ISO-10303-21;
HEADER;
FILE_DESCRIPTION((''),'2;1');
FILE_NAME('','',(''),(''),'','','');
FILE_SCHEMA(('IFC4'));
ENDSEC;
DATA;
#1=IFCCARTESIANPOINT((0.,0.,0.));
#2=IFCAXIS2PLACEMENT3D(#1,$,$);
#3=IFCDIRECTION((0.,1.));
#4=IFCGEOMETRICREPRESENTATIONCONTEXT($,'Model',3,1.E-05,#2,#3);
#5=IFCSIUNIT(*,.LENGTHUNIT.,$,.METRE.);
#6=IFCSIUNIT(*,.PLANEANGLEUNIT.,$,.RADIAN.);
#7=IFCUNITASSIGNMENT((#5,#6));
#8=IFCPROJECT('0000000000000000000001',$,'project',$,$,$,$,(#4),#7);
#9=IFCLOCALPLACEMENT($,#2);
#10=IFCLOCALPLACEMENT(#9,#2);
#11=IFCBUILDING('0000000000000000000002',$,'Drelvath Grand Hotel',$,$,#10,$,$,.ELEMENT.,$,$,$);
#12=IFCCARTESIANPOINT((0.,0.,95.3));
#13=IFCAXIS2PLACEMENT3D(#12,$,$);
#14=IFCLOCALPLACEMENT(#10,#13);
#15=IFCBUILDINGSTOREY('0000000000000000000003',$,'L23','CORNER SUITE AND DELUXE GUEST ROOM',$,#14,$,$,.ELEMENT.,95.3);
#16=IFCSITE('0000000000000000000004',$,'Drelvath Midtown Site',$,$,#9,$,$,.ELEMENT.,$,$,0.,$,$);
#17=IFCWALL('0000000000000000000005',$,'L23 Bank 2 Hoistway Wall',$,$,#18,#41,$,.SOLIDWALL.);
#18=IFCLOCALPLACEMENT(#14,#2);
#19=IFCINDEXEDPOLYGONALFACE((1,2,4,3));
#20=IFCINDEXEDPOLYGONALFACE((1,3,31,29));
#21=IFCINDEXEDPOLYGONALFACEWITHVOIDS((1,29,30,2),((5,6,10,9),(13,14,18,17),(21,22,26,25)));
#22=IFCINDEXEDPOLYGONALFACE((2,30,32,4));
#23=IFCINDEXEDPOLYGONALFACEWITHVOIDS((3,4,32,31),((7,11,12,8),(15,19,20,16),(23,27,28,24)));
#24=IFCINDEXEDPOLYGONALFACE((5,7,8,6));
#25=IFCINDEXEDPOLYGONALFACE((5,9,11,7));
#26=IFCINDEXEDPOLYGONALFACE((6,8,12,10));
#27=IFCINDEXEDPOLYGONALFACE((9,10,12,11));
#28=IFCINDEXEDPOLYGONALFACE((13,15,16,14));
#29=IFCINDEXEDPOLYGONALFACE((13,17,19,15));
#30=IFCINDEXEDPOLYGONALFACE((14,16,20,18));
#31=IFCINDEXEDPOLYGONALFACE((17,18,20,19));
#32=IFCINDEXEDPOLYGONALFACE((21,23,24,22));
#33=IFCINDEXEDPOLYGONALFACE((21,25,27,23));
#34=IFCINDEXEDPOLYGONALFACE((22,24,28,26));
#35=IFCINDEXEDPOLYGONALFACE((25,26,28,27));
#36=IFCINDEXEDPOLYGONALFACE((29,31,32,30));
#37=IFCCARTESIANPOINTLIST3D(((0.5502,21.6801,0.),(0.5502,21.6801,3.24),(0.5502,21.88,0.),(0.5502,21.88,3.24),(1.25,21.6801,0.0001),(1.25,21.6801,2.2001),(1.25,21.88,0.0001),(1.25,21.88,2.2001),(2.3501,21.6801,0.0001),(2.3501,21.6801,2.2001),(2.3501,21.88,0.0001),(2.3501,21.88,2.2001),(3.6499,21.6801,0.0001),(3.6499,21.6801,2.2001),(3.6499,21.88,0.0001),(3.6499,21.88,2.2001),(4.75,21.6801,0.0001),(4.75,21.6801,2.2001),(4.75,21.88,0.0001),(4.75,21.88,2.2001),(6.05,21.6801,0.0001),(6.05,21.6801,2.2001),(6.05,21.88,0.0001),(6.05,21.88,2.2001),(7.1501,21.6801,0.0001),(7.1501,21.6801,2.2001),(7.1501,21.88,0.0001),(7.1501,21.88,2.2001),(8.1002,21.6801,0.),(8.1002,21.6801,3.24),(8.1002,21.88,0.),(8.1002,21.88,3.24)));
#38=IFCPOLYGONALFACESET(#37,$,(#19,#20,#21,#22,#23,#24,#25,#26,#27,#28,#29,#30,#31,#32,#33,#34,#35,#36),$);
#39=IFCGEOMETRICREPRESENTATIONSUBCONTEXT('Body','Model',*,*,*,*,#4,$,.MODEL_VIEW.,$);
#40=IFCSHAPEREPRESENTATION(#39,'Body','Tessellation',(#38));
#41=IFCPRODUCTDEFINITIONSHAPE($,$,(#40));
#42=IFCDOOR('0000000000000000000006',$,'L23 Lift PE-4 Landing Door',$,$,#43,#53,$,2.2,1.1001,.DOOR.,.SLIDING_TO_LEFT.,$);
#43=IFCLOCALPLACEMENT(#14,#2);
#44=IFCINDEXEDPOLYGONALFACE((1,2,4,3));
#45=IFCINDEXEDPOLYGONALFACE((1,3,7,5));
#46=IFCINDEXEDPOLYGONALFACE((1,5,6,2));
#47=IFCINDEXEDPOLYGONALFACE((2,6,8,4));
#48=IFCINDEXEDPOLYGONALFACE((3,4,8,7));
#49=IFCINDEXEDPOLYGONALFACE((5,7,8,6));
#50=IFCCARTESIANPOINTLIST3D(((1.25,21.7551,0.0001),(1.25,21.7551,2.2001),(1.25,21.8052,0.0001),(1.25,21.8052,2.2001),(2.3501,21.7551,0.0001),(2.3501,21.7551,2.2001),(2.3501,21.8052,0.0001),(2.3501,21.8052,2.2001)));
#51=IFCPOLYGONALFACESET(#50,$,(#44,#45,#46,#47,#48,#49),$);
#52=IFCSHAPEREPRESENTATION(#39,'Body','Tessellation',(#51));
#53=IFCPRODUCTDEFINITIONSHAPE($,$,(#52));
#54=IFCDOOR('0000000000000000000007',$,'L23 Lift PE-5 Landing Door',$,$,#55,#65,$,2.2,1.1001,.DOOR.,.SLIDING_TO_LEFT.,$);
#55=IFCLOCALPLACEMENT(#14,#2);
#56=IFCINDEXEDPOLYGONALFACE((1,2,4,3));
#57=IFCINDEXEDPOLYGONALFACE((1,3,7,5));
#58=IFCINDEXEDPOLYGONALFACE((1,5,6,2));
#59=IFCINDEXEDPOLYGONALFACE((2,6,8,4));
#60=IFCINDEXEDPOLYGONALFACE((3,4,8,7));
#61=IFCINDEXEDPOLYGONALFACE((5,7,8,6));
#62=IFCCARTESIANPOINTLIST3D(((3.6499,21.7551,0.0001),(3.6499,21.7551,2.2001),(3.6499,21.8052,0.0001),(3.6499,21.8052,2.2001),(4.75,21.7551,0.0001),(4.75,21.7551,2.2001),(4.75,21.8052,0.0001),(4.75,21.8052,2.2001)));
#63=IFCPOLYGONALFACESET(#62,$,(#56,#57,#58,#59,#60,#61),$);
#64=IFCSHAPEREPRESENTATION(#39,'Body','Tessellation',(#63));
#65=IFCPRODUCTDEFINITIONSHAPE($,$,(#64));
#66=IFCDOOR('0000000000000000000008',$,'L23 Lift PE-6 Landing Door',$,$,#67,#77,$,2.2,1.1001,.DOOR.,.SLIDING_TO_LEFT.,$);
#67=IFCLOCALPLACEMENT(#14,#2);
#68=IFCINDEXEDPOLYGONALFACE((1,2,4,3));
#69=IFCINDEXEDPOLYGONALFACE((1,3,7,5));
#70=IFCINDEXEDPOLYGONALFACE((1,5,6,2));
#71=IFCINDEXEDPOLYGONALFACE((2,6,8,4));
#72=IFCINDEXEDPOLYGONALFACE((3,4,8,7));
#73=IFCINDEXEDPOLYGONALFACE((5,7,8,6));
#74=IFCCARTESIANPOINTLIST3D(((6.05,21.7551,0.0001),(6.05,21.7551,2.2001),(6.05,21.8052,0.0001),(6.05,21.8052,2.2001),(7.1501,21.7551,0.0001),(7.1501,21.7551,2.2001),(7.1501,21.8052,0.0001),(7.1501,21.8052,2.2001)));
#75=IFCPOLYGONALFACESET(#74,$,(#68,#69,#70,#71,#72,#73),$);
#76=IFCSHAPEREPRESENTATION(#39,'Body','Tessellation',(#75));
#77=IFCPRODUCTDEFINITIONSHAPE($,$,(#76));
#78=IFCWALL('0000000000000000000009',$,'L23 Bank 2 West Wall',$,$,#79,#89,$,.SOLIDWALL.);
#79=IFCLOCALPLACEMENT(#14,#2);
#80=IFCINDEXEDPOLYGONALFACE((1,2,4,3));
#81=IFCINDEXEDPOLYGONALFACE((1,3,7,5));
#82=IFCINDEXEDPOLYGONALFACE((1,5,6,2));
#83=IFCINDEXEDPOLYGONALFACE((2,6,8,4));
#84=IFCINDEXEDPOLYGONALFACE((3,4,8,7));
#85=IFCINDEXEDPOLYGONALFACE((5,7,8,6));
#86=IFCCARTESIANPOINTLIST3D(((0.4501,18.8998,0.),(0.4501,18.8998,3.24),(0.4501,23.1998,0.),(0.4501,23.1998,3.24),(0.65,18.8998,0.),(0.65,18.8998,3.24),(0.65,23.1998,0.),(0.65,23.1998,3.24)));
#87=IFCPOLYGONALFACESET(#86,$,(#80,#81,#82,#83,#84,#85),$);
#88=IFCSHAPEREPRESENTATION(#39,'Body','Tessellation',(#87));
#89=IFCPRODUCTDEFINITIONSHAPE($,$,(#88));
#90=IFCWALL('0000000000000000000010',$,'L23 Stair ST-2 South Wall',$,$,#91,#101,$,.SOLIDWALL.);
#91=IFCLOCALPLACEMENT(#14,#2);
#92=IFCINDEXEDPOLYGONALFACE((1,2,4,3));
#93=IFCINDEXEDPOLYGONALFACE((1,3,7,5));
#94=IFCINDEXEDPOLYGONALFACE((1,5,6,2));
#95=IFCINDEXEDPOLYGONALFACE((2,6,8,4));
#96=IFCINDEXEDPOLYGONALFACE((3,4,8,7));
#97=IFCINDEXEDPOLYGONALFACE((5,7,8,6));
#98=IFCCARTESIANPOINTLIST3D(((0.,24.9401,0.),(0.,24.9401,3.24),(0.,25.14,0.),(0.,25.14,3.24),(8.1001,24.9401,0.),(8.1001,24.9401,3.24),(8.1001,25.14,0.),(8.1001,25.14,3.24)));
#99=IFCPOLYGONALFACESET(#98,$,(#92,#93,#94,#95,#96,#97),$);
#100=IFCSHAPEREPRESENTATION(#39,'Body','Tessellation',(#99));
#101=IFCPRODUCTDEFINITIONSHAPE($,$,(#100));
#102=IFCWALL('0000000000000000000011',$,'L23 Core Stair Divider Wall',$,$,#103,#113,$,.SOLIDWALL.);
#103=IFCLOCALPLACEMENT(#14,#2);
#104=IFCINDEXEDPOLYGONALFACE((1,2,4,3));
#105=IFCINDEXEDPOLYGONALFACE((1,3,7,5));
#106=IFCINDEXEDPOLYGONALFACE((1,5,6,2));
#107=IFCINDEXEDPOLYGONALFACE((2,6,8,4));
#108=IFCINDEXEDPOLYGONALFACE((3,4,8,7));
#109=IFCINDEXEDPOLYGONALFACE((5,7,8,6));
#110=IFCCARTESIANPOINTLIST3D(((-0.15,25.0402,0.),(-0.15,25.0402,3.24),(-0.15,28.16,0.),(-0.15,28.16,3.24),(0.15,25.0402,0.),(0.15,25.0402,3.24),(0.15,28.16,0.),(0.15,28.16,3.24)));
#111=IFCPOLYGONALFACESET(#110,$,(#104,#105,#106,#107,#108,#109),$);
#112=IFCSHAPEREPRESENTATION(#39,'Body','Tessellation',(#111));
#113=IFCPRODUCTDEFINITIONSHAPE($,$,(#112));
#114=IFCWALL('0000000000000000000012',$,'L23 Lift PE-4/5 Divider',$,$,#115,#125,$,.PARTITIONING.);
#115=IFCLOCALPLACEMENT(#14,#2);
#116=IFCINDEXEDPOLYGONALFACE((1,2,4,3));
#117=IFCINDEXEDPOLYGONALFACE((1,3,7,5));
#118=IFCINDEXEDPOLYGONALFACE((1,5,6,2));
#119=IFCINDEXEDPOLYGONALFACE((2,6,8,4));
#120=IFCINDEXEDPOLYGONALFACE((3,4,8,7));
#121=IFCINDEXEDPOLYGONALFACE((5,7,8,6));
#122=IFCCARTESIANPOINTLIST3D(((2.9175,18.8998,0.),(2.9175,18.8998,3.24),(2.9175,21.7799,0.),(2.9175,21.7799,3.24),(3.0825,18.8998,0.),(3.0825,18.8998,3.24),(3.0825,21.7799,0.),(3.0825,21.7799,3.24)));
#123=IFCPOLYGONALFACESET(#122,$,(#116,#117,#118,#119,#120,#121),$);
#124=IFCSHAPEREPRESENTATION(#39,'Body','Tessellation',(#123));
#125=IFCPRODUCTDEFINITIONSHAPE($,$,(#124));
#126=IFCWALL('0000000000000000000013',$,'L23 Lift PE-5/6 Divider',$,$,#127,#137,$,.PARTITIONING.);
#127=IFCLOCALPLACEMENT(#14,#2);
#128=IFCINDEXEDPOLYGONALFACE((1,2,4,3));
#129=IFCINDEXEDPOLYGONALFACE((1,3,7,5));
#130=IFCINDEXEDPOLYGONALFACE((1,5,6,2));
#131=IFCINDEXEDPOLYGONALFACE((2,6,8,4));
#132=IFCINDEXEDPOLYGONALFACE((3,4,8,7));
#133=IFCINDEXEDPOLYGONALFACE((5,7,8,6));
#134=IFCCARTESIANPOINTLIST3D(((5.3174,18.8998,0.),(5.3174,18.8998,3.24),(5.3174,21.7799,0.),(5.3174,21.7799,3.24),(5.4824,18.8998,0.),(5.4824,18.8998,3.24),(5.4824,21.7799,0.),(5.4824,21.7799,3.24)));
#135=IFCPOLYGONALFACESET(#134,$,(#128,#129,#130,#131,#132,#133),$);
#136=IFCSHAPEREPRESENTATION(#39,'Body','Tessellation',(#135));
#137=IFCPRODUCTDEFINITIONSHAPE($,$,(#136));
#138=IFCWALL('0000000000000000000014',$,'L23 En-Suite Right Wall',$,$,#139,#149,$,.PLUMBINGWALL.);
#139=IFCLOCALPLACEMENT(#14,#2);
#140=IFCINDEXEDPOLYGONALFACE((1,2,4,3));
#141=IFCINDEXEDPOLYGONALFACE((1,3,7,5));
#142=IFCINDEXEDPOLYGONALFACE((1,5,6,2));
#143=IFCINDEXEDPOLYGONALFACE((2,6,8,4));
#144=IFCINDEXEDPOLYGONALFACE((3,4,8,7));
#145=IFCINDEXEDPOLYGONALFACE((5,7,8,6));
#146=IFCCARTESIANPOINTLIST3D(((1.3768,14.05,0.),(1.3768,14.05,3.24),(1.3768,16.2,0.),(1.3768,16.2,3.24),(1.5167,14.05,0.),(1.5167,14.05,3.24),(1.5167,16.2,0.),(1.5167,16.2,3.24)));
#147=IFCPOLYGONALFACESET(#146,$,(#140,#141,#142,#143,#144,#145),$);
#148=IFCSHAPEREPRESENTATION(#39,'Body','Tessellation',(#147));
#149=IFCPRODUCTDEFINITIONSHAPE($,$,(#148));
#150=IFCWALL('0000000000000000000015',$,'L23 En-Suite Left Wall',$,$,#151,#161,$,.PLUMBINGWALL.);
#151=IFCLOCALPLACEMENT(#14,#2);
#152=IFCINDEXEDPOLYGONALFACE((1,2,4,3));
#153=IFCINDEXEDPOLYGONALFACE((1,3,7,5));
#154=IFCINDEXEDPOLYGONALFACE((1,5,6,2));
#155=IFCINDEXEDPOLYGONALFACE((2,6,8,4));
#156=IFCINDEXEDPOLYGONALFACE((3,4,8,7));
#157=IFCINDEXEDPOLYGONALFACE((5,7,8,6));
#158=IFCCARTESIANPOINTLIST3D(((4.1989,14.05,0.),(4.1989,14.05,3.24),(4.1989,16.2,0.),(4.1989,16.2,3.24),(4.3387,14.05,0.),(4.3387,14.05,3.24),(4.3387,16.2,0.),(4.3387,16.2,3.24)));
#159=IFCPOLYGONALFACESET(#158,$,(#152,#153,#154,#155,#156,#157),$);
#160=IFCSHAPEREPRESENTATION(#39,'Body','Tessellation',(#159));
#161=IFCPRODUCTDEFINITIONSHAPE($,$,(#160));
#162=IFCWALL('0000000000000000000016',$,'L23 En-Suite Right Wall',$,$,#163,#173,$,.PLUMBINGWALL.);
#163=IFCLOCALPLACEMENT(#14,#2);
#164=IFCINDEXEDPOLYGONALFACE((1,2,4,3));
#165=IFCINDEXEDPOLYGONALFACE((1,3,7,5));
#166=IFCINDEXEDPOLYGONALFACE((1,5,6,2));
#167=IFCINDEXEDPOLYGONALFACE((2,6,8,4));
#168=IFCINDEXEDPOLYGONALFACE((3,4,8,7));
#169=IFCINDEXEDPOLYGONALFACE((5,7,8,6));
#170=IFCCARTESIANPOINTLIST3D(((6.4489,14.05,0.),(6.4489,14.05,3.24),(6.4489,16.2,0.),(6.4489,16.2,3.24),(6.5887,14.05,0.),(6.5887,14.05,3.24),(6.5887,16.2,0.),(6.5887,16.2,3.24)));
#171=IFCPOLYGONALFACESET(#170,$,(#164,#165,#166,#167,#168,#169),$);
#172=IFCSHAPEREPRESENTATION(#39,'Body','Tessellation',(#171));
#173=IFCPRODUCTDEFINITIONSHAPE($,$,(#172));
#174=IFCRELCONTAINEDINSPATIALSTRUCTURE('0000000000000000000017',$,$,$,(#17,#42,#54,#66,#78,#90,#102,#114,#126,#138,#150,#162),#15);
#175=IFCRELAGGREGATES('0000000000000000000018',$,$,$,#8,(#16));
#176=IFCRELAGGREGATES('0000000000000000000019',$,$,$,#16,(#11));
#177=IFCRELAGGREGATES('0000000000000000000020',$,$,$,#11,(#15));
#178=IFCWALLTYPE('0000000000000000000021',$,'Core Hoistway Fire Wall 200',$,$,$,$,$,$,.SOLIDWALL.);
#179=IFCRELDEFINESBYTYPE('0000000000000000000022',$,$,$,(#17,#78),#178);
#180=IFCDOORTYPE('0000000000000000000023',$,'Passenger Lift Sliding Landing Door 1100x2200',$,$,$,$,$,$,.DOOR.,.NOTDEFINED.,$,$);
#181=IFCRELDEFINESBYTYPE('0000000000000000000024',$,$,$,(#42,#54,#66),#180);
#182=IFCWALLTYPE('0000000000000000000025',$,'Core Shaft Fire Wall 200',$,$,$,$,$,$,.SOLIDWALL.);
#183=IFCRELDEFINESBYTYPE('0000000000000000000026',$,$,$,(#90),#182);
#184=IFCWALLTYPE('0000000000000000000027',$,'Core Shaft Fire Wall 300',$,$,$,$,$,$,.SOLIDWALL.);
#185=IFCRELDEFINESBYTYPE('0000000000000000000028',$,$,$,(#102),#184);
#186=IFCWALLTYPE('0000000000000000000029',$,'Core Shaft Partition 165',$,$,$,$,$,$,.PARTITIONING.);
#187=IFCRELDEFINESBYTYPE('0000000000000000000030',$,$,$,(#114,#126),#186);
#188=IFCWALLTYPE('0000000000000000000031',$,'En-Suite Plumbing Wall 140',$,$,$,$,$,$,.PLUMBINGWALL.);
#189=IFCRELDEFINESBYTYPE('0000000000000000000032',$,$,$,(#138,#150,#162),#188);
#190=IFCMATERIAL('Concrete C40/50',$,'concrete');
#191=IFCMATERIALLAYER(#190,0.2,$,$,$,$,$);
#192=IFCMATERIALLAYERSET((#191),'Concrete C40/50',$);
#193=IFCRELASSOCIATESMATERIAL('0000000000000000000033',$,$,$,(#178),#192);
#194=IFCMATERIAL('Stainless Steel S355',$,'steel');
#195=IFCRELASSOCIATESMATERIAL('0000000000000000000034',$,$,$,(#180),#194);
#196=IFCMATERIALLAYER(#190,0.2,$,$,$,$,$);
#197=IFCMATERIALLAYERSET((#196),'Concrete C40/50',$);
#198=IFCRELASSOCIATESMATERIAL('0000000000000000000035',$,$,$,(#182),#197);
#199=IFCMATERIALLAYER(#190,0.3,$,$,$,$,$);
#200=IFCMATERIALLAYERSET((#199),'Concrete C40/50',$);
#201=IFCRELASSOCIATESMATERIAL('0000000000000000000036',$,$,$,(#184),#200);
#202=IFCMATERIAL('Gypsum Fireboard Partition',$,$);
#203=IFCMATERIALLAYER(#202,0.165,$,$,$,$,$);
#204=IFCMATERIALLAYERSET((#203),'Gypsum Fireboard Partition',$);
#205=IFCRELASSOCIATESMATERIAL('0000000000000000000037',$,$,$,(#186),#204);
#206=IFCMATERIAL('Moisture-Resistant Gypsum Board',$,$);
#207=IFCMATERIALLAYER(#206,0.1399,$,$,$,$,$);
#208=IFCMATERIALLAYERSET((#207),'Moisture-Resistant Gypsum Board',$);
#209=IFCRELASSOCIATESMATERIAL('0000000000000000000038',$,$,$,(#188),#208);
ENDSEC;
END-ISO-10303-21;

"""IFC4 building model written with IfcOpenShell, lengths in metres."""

from ifc_helpers import new_model, si_unit, direction, frame, frame_2d, origin, place, context, subcontext, project, spatial, rectangle, extrude, material, layer, layer_set, type_object, element, fill, save


model = new_model("IFC4")

# Units and contexts
model_context = context("Model", 3, precision=1e-05, world=origin(), true_north=direction((0.0, 1.0)))
body_context = subcontext(model_context, "Body", "Model", "MODEL_VIEW")
ifc_project = project(units=[si_unit("LENGTHUNIT", "METRE"), si_unit("PLANEANGLEUNIT", "RADIAN")], contexts=[model_context])

# Site, building, storey
site_placement = place(None, origin())
site = spatial("IfcSite", under=ifc_project, at=site_placement, Name="Drelvath Midtown Site", CompositionType="ELEMENT", RefElevation=0.0)
building_placement = place(site_placement, origin())
building = spatial("IfcBuilding", under=site, at=building_placement, Name="Drelvath Grand Hotel", CompositionType="ELEMENT")
storey_placement = place(building_placement, frame((0.0, 0.0, 95.3)))
storey = spatial("IfcBuildingStorey", under=building, at=storey_placement, Name="L23", Description="CORNER SUITE AND DELUXE GUEST ROOM", CompositionType="ELEMENT", Elevation=95.3)

# Wall, openings, doors
ifc_material_1 = material(Name="Concrete C40/50", Category="concrete")
ifc_layer_1 = layer(ifc_material_1, 0.2)
ifc_layer_set_1 = layer_set([ifc_layer_1], Name="Concrete C40/50")
wall_type_1 = type_object("IfcWallType", Name="Core Hoistway Fire Wall 200", PredefinedType="SOLIDWALL", material=ifc_layer_set_1)
wall_1_placement = place(storey_placement, frame((8.1001, 21.78, 0.0), z_axis=(0.0, 0.0, 1.0), x_axis=(-1.0, 0.0, 0.0)))
wall_1 = element("IfcWall", 1, at=wall_1_placement, inside=storey, type_object=wall_type_1, Name="L23 Bank 2 Hoistway Wall", PredefinedType="SOLIDWALL", context=body_context, shape_type="SweptSolid", body=[
    extrude(rectangle(XDim=7.55, YDim=0.2, at=frame_2d((3.7749, 0.0))), origin(), (0.0, 0.0, 1.0), 3.24),
])
opening_1_placement = place(wall_1_placement, frame((5.75, 0.0, 0.0)))
opening_1 = element("IfcOpeningElement", 2, at=opening_1_placement, cuts=wall_1, PredefinedType="OPENING", context=body_context, shape_type="SweptSolid", body=[
    extrude(rectangle(XDim=1.1001, YDim=2.2, at=frame_2d((0.55, 1.1001))), frame((0.0, 0.1099, 0.0), z_axis=(0.0, -1.0, 0.0), x_axis=(1.0, 0.0, 0.0)), (0.0, 0.0, 1.0), 0.22),
])
opening_2_placement = place(wall_1_placement, frame((3.3501, 0.0, 0.0)))
opening_2 = element("IfcOpeningElement", 3, at=opening_2_placement, cuts=wall_1, PredefinedType="OPENING", context=body_context, shape_type="SweptSolid", body=[
    extrude(rectangle(XDim=1.1001, YDim=2.2, at=frame_2d((0.55, 1.1001))), frame((0.0, 0.1099, 0.0), z_axis=(0.0, -1.0, 0.0), x_axis=(1.0, 0.0, 0.0)), (0.0, 0.0, 1.0), 0.22),
])
opening_3_placement = place(wall_1_placement, frame((0.95, 0.0, 0.0)))
opening_3 = element("IfcOpeningElement", 4, at=opening_3_placement, cuts=wall_1, PredefinedType="OPENING", context=body_context, shape_type="SweptSolid", body=[
    extrude(rectangle(XDim=1.1001, YDim=2.2, at=frame_2d((0.55, 1.1001))), frame((0.0, 0.1099, 0.0), z_axis=(0.0, -1.0, 0.0), x_axis=(1.0, 0.0, 0.0)), (0.0, 0.0, 1.0), 0.22),
])
ifc_material_2 = material(Name="Stainless Steel S355", Category="steel")
door_type_1 = type_object("IfcDoorType", Name="Passenger Lift Sliding Landing Door 1100x2200", OperationType="NOTDEFINED", PredefinedType="DOOR", material=ifc_material_2)
door_1_placement = place(opening_1_placement, origin())
door_1 = element("IfcDoor", 5, at=door_1_placement, inside=storey, type_object=door_type_1, Name="L23 Lift PE-4 Landing Door", OperationType="SLIDING_TO_LEFT", OverallHeight=2.2, OverallWidth=1.1001, PredefinedType="DOOR", context=body_context, shape_type="SweptSolid", body=[
    extrude(rectangle(XDim=1.1001, YDim=2.2, at=frame_2d((0.55, 1.1001))), frame((0.0, 0.0249, 0.0), z_axis=(0.0, -1.0, 0.0), x_axis=(1.0, 0.0, 0.0)), (0.0, 0.0, 1.0), 0.05),
])
fill(opening_1, door_1)
door_2_placement = place(opening_2_placement, origin())
door_2 = element("IfcDoor", 6, at=door_2_placement, inside=storey, type_object=door_type_1, Name="L23 Lift PE-5 Landing Door", OperationType="SLIDING_TO_LEFT", OverallHeight=2.2, OverallWidth=1.1001, PredefinedType="DOOR", context=body_context, shape_type="SweptSolid", body=[
    extrude(rectangle(XDim=1.1001, YDim=2.2, at=frame_2d((0.55, 1.1001))), frame((0.0, 0.0249, 0.0), z_axis=(0.0, -1.0, 0.0), x_axis=(1.0, 0.0, 0.0)), (0.0, 0.0, 1.0), 0.05),
])
fill(opening_2, door_2)
door_3_placement = place(opening_3_placement, origin())
door_3 = element("IfcDoor", 7, at=door_3_placement, inside=storey, type_object=door_type_1, Name="L23 Lift PE-6 Landing Door", OperationType="SLIDING_TO_LEFT", OverallHeight=2.2, OverallWidth=1.1001, PredefinedType="DOOR", context=body_context, shape_type="SweptSolid", body=[
    extrude(rectangle(XDim=1.1001, YDim=2.2, at=frame_2d((0.55, 1.1001))), frame((0.0, 0.0249, 0.0), z_axis=(0.0, -1.0, 0.0), x_axis=(1.0, 0.0, 0.0)), (0.0, 0.0, 1.0), 0.05),
])
fill(opening_3, door_3)

# Walls
wall_2_placement = place(storey_placement, frame((0.55, 18.8999, 0.0), z_axis=(0.0, 0.0, 1.0), x_axis=(0.0, 1.0, 0.0)))
element("IfcWall", 8, at=wall_2_placement, inside=storey, type_object=wall_type_1, Name="L23 Bank 2 West Wall", PredefinedType="SOLIDWALL", context=body_context, shape_type="SweptSolid", body=[
    extrude(rectangle(XDim=4.3, YDim=0.2, at=frame_2d((2.1499, 0.0))), origin(), (0.0, 0.0, 1.0), 3.24),
])
ifc_layer_2 = layer(ifc_material_1, 0.2)
ifc_layer_set_2 = layer_set([ifc_layer_2], Name="Concrete C40/50")
wall_type_2 = type_object("IfcWallType", Name="Core Shaft Fire Wall 200", PredefinedType="SOLIDWALL", material=ifc_layer_set_2)
wall_3_placement = place(storey_placement, frame((0.0, 25.04, 0.0), z_axis=(0.0, 0.0, 1.0), x_axis=(1.0, 0.0, 0.0)))
element("IfcWall", 9, at=wall_3_placement, inside=storey, type_object=wall_type_2, Name="L23 Stair ST-2 South Wall", PredefinedType="SOLIDWALL", context=body_context, shape_type="SweptSolid", body=[
    extrude(rectangle(XDim=8.1001, YDim=0.2, at=frame_2d((4.05, 0.0))), origin(), (0.0, 0.0, 1.0), 3.24),
])
ifc_layer_3 = layer(ifc_material_1, 0.3)
ifc_layer_set_3 = layer_set([ifc_layer_3], Name="Concrete C40/50")
wall_type_3 = type_object("IfcWallType", Name="Core Shaft Fire Wall 300", PredefinedType="SOLIDWALL", material=ifc_layer_set_3)
wall_4_placement = place(storey_placement, frame((0.0, 25.04, 0.0), z_axis=(0.0, 0.0, 1.0), x_axis=(0.0, 1.0, 0.0)))
element("IfcWall", 10, at=wall_4_placement, inside=storey, type_object=wall_type_3, Name="L23 Core Stair Divider Wall", PredefinedType="SOLIDWALL", context=body_context, shape_type="SweptSolid", body=[
    extrude(rectangle(XDim=3.1199, YDim=0.3, at=frame_2d((1.5601, 0.0))), origin(), (0.0, 0.0, 1.0), 3.24),
])
ifc_material_3 = material(Name="Gypsum Fireboard Partition")
ifc_layer_4 = layer(ifc_material_3, 0.165)
ifc_layer_set_4 = layer_set([ifc_layer_4], Name="Gypsum Fireboard Partition")
wall_type_4 = type_object("IfcWallType", Name="Core Shaft Partition 165", PredefinedType="PARTITIONING", material=ifc_layer_set_4)
for number, where, z_axis, x_axis, name in (
    (11, (3.0, 18.8999, 0.0), (0.0, 0.0, 1.0), (0.0, 1.0, 0.0), "L23 Lift PE-4/5 Divider"),
    (12, (5.3999, 18.8999, 0.0), (0.0, 0.0, 1.0), (0.0, 1.0, 0.0), "L23 Lift PE-5/6 Divider"),
):
    element("IfcWall", number, at=place(storey_placement, frame(where, z_axis=z_axis, x_axis=x_axis)), inside=storey, type_object=wall_type_4, Name=name, PredefinedType="PARTITIONING", context=body_context, shape_type="SweptSolid", body=[
        extrude(rectangle(XDim=2.8801, YDim=0.165, at=frame_2d((1.4399, 0.0))), origin(), (0.0, 0.0, 1.0), 3.24),
    ])
ifc_material_4 = material(Name="Moisture-Resistant Gypsum Board")
ifc_layer_5 = layer(ifc_material_4, 0.1399)
ifc_layer_set_5 = layer_set([ifc_layer_5], Name="Moisture-Resistant Gypsum Board")
wall_type_5 = type_object("IfcWallType", Name="En-Suite Plumbing Wall 140", PredefinedType="PLUMBINGWALL", material=ifc_layer_set_5)
for number, where, z_axis, x_axis, name in (
    (13, (1.4468, 16.2, 0.0), (0.0, 0.0, 1.0), (0.0, -1.0, 0.0), "L23 En-Suite Right Wall"),
    (14, (4.2688, 16.2, 0.0), (0.0, 0.0, 1.0), (0.0, -1.0, 0.0), "L23 En-Suite Left Wall"),
    (15, (6.5188, 16.2, 0.0), (0.0, 0.0, 1.0), (0.0, -1.0, 0.0), "L23 En-Suite Right Wall"),
):
    element("IfcWall", number, at=place(storey_placement, frame(where, z_axis=z_axis, x_axis=x_axis)), inside=storey, type_object=wall_type_5, Name=name, PredefinedType="PLUMBINGWALL", context=body_context, shape_type="SweptSolid", body=[
        extrude(rectangle(XDim=2.1499, YDim=0.1399, at=frame_2d((1.075, 0.0))), origin(), (0.0, 0.0, 1.0), 3.24),
    ])

save(model, "model.ifc")
